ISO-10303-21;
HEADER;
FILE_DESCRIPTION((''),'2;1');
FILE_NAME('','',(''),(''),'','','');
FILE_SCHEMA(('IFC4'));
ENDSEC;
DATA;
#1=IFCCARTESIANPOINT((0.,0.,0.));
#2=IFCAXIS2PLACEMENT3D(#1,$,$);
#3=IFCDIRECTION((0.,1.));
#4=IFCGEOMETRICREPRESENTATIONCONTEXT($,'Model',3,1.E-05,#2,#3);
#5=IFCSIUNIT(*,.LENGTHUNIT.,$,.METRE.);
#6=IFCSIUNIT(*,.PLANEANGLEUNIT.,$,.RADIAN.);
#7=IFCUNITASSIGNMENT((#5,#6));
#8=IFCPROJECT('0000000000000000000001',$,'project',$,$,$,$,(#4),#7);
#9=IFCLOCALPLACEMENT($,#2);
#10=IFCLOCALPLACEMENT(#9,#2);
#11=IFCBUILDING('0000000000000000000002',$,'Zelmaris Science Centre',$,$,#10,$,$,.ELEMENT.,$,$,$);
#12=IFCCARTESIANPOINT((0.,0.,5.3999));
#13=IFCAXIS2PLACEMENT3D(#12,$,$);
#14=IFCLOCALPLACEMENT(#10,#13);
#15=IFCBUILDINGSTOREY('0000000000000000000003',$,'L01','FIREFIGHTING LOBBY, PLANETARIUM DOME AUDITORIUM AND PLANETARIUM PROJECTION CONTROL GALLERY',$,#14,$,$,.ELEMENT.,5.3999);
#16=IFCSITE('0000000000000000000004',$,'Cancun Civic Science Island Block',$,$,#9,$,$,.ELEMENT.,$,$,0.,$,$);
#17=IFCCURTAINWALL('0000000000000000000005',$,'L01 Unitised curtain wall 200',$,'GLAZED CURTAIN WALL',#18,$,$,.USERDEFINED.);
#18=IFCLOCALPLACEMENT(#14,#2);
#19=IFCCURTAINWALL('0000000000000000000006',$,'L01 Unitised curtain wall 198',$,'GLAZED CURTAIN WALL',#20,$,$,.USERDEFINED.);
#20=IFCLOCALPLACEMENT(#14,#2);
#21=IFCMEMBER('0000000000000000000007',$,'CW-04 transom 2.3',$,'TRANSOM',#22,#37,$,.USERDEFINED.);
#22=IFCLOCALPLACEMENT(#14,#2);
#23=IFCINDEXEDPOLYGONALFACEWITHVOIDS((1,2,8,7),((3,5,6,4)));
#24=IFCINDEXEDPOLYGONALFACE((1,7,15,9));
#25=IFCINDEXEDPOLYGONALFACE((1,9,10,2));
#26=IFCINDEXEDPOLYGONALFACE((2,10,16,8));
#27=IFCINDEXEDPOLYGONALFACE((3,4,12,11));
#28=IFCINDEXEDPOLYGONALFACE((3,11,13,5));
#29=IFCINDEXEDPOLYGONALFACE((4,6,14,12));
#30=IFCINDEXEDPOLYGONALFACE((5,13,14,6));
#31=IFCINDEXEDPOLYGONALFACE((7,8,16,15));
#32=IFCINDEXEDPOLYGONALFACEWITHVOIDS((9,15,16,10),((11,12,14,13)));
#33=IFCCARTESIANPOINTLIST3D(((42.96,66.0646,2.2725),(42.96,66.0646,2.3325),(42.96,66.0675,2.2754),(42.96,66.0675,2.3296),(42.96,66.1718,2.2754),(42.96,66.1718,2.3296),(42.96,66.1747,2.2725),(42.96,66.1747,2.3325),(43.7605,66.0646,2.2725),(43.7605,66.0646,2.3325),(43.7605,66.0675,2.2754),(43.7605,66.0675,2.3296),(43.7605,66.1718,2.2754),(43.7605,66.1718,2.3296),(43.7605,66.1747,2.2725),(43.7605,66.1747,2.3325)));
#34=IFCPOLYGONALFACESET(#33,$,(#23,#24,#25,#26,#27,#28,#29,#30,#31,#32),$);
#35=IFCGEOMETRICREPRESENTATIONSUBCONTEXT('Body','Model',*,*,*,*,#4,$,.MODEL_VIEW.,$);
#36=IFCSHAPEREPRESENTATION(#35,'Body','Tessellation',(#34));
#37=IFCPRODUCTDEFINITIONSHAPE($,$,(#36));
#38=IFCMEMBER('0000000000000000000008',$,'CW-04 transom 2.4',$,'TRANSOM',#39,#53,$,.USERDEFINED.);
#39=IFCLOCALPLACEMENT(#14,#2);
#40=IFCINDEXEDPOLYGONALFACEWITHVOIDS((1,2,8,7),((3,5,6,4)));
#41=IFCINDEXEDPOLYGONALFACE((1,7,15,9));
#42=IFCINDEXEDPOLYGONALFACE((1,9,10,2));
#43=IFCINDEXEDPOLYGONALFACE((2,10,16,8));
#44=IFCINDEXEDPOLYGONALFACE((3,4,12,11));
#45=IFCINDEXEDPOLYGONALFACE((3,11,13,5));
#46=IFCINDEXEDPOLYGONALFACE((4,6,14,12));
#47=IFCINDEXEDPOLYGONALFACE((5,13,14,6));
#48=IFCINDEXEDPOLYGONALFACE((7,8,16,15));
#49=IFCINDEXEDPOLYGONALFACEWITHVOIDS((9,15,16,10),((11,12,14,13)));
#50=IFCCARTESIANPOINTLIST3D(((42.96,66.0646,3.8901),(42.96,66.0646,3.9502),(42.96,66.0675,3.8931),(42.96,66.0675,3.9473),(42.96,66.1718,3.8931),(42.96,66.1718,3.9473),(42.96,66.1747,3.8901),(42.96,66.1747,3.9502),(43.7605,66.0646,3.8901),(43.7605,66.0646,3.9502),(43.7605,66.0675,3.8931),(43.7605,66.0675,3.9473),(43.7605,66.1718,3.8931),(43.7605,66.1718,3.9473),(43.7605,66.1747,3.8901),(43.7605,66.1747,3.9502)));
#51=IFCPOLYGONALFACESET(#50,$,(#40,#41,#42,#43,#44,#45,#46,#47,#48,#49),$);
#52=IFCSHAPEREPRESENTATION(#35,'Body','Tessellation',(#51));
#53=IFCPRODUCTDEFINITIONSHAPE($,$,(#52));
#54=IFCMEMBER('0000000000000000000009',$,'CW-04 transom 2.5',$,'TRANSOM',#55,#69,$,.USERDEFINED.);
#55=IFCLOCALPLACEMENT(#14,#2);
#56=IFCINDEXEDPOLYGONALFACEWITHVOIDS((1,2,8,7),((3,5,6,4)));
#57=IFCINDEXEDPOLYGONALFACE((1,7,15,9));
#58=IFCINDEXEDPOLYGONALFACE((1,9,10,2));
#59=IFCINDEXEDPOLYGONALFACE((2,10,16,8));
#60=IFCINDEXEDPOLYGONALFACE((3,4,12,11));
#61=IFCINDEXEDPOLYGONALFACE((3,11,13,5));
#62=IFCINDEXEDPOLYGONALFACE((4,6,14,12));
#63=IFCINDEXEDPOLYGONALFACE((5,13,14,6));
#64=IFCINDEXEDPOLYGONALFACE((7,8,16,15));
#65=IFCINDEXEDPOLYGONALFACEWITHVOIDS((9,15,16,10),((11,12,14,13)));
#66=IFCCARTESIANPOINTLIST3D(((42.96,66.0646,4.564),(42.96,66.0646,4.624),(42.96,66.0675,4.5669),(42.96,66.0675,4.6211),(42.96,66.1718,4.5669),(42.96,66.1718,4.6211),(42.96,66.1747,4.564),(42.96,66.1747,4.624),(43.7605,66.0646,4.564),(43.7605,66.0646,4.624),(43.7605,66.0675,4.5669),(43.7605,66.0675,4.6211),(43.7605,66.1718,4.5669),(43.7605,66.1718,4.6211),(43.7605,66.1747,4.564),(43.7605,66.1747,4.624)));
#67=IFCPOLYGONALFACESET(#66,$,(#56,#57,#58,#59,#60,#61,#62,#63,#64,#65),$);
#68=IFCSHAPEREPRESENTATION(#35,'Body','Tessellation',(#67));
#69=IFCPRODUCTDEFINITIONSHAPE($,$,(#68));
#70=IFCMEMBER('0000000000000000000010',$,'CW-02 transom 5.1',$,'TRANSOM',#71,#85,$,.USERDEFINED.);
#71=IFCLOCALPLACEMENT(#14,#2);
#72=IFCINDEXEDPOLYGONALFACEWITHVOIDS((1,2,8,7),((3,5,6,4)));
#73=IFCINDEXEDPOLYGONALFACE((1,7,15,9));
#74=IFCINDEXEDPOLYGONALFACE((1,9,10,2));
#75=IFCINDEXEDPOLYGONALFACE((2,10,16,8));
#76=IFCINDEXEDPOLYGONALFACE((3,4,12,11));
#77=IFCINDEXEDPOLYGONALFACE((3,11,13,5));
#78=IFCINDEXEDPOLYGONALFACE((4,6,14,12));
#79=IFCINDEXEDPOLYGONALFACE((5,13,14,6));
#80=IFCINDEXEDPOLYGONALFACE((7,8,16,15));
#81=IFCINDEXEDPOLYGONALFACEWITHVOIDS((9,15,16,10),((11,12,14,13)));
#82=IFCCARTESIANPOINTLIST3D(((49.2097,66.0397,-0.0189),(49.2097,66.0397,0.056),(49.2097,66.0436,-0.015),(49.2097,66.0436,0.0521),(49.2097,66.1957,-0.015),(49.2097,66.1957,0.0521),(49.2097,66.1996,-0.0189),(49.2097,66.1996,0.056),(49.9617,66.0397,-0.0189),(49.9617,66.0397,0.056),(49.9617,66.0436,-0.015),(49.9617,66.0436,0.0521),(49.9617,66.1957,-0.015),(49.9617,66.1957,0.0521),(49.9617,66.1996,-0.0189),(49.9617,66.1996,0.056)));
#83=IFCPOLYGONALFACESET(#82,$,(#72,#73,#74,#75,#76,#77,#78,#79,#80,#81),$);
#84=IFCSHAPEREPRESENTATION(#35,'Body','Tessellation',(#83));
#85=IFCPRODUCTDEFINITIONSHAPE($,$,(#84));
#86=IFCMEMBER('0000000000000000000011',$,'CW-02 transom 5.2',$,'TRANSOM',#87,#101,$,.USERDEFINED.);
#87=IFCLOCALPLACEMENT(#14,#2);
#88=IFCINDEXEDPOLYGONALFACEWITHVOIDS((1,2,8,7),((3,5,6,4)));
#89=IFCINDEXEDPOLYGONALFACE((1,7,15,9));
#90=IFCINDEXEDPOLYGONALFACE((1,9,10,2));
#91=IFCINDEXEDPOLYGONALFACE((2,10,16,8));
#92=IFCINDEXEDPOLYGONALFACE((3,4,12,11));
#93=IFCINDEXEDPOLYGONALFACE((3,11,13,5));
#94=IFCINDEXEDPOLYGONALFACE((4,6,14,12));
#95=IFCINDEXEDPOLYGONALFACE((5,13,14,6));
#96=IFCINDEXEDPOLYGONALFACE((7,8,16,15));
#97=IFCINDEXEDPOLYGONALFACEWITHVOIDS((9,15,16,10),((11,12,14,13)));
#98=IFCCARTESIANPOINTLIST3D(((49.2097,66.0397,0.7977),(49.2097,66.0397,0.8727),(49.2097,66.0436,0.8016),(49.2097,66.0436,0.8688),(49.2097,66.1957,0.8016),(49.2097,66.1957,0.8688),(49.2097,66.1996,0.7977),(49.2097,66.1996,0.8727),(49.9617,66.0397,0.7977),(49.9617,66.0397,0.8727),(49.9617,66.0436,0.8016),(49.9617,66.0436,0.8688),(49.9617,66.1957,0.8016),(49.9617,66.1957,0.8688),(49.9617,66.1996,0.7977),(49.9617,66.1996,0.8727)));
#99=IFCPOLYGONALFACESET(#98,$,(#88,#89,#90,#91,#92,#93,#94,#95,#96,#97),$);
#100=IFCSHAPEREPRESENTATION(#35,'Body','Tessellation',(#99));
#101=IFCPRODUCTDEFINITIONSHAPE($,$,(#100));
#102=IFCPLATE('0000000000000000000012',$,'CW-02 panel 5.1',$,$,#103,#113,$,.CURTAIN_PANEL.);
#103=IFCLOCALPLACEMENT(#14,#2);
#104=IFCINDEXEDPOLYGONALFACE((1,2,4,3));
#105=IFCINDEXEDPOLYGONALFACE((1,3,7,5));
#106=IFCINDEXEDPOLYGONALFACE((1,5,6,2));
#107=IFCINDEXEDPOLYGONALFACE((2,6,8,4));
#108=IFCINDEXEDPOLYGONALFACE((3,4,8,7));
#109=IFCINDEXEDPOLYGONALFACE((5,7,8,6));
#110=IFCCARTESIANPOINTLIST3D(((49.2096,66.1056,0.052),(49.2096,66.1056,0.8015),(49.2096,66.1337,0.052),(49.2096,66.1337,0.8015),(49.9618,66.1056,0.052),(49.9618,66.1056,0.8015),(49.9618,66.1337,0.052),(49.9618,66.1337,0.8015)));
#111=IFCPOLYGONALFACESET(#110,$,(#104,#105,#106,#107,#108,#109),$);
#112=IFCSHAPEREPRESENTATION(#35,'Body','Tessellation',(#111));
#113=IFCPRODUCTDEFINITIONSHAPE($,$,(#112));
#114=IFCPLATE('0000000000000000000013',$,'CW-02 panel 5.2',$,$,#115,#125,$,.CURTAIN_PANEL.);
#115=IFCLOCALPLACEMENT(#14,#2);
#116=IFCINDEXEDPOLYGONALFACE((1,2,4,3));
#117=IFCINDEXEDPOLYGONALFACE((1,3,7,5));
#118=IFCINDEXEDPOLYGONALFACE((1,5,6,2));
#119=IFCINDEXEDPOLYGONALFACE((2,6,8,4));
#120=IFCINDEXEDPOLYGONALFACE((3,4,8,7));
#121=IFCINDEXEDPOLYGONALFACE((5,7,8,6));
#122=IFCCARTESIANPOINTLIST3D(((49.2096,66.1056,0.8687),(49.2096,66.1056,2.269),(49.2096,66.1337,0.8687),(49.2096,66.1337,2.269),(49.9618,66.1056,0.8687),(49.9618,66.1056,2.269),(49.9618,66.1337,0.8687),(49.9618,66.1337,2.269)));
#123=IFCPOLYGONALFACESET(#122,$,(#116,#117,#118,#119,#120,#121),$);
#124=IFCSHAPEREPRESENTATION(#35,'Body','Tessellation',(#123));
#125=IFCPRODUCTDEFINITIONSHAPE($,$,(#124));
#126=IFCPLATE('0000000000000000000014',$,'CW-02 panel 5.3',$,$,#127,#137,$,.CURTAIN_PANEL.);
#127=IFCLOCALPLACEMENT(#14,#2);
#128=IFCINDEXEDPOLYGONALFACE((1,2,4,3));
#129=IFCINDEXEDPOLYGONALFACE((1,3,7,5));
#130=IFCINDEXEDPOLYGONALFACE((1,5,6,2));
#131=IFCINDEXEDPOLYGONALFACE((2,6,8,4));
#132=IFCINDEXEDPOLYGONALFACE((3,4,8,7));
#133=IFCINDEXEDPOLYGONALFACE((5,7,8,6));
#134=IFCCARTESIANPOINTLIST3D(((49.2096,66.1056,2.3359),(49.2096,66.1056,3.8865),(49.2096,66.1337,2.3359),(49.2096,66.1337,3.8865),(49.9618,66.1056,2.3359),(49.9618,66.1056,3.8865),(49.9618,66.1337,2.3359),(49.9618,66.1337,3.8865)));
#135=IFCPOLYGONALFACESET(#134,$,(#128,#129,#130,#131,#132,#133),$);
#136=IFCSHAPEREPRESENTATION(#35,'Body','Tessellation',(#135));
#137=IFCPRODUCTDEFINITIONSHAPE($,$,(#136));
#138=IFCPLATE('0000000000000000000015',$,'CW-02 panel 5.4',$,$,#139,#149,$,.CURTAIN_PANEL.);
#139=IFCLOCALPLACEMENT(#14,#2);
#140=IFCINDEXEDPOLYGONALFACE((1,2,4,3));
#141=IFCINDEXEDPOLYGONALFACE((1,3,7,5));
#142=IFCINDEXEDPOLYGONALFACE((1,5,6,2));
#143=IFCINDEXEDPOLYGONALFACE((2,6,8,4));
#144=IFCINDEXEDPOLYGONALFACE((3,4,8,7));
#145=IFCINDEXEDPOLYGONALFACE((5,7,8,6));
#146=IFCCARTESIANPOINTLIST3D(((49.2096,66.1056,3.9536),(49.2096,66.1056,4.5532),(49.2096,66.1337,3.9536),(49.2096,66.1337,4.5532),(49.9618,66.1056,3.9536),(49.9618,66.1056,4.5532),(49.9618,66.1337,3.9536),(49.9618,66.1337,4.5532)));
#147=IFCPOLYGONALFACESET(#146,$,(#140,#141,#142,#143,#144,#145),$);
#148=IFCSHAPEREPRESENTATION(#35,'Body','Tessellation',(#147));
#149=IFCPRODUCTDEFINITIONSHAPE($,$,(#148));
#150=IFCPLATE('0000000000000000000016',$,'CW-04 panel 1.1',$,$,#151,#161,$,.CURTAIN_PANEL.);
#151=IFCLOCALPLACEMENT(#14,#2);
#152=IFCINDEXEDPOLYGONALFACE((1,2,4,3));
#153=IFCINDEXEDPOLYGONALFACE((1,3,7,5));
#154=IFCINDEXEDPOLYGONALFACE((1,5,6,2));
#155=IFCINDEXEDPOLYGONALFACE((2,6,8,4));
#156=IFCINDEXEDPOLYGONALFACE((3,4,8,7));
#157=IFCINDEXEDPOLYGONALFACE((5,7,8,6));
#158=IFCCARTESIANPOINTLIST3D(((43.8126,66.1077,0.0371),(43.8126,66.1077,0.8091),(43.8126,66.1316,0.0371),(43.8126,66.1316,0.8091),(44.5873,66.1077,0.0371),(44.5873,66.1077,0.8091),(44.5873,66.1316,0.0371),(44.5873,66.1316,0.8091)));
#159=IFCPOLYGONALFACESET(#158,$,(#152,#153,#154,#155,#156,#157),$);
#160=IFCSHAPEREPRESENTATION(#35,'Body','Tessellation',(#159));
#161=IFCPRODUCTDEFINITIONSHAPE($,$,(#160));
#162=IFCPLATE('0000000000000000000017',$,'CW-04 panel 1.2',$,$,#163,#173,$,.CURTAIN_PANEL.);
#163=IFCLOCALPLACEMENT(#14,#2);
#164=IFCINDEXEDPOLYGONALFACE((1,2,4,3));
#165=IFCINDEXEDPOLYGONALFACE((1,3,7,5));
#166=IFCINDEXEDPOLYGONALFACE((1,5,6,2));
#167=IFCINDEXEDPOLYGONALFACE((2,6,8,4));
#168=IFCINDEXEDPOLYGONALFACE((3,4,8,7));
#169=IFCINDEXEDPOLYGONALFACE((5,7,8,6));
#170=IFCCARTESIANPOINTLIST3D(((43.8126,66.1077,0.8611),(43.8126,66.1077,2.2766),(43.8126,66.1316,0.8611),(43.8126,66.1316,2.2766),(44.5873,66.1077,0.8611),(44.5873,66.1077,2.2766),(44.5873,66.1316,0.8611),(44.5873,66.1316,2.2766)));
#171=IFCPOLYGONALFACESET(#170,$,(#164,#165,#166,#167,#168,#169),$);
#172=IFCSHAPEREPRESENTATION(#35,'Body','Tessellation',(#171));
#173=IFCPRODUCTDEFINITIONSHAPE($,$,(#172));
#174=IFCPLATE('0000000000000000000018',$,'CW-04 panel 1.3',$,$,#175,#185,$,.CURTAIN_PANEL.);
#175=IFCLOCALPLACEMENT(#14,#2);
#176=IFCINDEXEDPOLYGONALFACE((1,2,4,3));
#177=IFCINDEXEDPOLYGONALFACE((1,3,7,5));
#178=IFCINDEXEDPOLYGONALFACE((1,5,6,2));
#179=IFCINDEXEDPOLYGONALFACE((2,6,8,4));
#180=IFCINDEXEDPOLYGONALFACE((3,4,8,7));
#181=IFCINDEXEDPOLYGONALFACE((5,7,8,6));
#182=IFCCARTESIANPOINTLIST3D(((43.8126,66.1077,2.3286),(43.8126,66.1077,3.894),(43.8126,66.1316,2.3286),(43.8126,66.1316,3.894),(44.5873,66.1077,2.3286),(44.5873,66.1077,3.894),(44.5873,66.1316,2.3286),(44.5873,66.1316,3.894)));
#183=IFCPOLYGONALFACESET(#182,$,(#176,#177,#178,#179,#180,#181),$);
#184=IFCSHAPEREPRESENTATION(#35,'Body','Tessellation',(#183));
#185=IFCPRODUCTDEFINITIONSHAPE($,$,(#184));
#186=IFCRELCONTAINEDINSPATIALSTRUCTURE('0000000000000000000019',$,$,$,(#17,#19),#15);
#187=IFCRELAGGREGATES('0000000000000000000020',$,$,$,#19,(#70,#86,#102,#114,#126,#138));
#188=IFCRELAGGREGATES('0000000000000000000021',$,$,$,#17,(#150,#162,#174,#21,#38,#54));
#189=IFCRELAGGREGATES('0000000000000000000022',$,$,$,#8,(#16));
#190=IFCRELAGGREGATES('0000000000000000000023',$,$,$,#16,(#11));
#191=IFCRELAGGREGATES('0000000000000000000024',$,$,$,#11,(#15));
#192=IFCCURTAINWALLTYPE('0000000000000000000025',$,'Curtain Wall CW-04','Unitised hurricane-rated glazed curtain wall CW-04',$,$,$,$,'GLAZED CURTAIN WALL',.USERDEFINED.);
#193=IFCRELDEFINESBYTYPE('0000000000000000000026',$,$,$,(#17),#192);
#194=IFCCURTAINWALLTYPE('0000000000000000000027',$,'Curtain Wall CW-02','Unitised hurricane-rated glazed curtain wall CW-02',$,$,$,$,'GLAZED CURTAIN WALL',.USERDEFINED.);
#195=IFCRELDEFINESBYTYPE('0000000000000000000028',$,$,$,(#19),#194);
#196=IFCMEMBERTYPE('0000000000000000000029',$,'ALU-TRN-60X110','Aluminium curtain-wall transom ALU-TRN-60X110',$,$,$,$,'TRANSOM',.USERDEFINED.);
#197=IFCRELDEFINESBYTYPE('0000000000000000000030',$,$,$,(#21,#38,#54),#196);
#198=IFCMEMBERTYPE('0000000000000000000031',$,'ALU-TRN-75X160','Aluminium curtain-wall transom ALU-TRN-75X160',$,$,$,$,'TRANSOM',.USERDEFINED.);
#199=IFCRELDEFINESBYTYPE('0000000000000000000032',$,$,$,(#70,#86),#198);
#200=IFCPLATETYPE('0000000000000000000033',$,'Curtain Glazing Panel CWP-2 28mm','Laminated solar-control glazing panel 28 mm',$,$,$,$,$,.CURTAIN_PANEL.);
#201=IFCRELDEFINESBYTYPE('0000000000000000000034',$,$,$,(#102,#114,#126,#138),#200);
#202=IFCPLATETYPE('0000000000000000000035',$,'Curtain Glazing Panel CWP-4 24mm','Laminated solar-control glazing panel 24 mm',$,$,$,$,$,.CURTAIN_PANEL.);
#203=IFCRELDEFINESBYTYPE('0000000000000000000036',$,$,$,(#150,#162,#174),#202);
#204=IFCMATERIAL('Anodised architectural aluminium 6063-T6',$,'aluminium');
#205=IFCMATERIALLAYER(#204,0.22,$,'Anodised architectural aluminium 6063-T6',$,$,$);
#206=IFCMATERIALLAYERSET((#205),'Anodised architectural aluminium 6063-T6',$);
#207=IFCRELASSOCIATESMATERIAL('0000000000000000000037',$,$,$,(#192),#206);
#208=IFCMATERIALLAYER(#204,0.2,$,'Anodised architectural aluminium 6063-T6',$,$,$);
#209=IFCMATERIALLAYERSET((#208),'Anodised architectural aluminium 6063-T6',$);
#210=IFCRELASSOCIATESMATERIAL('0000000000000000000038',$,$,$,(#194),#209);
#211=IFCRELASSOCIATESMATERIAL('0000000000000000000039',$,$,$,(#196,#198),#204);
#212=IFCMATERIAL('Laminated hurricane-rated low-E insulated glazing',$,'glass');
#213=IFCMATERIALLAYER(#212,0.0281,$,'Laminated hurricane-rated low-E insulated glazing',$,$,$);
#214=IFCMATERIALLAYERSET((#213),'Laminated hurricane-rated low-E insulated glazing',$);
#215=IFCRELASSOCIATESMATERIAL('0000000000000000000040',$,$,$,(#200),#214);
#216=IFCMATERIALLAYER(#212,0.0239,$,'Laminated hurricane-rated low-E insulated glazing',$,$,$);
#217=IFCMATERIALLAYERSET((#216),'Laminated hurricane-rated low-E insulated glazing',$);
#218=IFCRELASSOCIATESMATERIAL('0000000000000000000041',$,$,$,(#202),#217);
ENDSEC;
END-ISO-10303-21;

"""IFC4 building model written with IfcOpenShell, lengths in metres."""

from ifc_helpers import new_model, si_unit, direction, frame, origin, origin_2d, place, context, subcontext, project, spatial, rectangle, hollow_rectangle, extrude, material, layer, layer_set, material_profile, profile_set, type_object, element, aggregate, save


model = new_model("IFC4")

# Units and contexts
model_context = context("Model", 3, precision=1e-05, world=origin(), true_north=direction((0.0, 1.0)))
body_context = subcontext(model_context, "Body", "Model", "MODEL_VIEW")
ifc_project = project(units=[si_unit("LENGTHUNIT", "METRE"), si_unit("PLANEANGLEUNIT", "RADIAN")], contexts=[model_context])

# Site, building, storey
site_placement = place(None, origin())
site = spatial("IfcSite", under=ifc_project, at=site_placement, Name="Cancun Civic Science Island Block", CompositionType="ELEMENT", RefElevation=0.0)
building_placement = place(site_placement, origin())
building = spatial("IfcBuilding", under=site, at=building_placement, Name="Zelmaris Science Centre", CompositionType="ELEMENT")
storey_placement = place(building_placement, frame((0.0, 0.0, 5.3999)))
storey = spatial("IfcBuildingStorey", under=building, at=storey_placement, Name="L01", Description="FIREFIGHTING LOBBY, PLANETARIUM DOME AUDITORIUM AND PLANETARIUM PROJECTION CONTROL GALLERY", CompositionType="ELEMENT", Elevation=5.3999)

# Curtain wall
ifc_material_1 = material(Name="Anodised architectural aluminium 6063-T6", Category="aluminium")
ifc_layer_1 = layer(ifc_material_1, 0.22, Name="Anodised architectural aluminium 6063-T6")
ifc_layer_set_1 = layer_set([ifc_layer_1], Name="Anodised architectural aluminium 6063-T6")
curtain_wall_type_1 = type_object("IfcCurtainWallType", Name="Curtain Wall CW-04", Description="Unitised hurricane-rated glazed curtain wall CW-04", ElementType="GLAZED CURTAIN WALL", PredefinedType="USERDEFINED", material=ifc_layer_set_1)
curtain_wall_1_placement = place(storey_placement, origin())
curtain_wall_1 = element("IfcCurtainWall", 1, at=curtain_wall_1_placement, inside=storey, type_object=curtain_wall_type_1, Name="L01 Unitised curtain wall 200", ObjectType="GLAZED CURTAIN WALL", PredefinedType="USERDEFINED")

# Curtain wall
ifc_layer_2 = layer(ifc_material_1, 0.2, Name="Anodised architectural aluminium 6063-T6")
ifc_layer_set_2 = layer_set([ifc_layer_2], Name="Anodised architectural aluminium 6063-T6")
curtain_wall_type_2 = type_object("IfcCurtainWallType", Name="Curtain Wall CW-02", Description="Unitised hurricane-rated glazed curtain wall CW-02", ElementType="GLAZED CURTAIN WALL", PredefinedType="USERDEFINED", material=ifc_layer_set_2)
curtain_wall_2_placement = place(storey_placement, origin())
curtain_wall_2 = element("IfcCurtainWall", 2, at=curtain_wall_2_placement, inside=storey, type_object=curtain_wall_type_2, Name="L01 Unitised curtain wall 198", ObjectType="GLAZED CURTAIN WALL", PredefinedType="USERDEFINED")

# Members
ifc_material_profile_1 = material_profile(ifc_material_1, hollow_rectangle(XDim=0.0601, YDim=0.1101, WallThickness=0.0029, at=origin_2d()), Name="ALU-TRN-60X110")
ifc_profile_set_1 = profile_set([ifc_material_profile_1], Name="Anodised architectural aluminium 6063-T6")
member_type_1 = type_object("IfcMemberType", Name="ALU-TRN-60X110", Description="Aluminium curtain-wall transom ALU-TRN-60X110", ElementType="TRANSOM", PredefinedType="USERDEFINED", material=ifc_profile_set_1)
member_1_placement = place(storey_placement, frame((43.7605, 66.1196, 2.3025), z_axis=(-1.0, 0.0, 0.0), x_axis=(0.0, 0.0, 1.0)))
member_1 = element("IfcMember", 3, at=member_1_placement, type_object=member_type_1, Name="CW-04 transom 2.3", ObjectType="TRANSOM", PredefinedType="USERDEFINED", context=body_context, shape_type="SweptSolid", body=[
    extrude(hollow_rectangle(XDim=0.0601, YDim=0.1101, WallThickness=0.0029, at=origin_2d()), origin(), (0.0, 0.0, 1.0), 0.8005),
])
member_2_placement = place(storey_placement, frame((43.7605, 66.1196, 3.9202), z_axis=(-1.0, 0.0, 0.0), x_axis=(0.0, 0.0, 1.0)))
member_2 = element("IfcMember", 4, at=member_2_placement, type_object=member_type_1, Name="CW-04 transom 2.4", ObjectType="TRANSOM", PredefinedType="USERDEFINED", context=body_context, shape_type="SweptSolid", body=[
    extrude(hollow_rectangle(XDim=0.0601, YDim=0.1101, WallThickness=0.0029, at=origin_2d()), origin(), (0.0, 0.0, 1.0), 0.8005),
])
member_3_placement = place(storey_placement, frame((43.7605, 66.1196, 4.594), z_axis=(-1.0, 0.0, 0.0), x_axis=(0.0, 0.0, 1.0)))
member_3 = element("IfcMember", 5, at=member_3_placement, type_object=member_type_1, Name="CW-04 transom 2.5", ObjectType="TRANSOM", PredefinedType="USERDEFINED", context=body_context, shape_type="SweptSolid", body=[
    extrude(hollow_rectangle(XDim=0.0601, YDim=0.1101, WallThickness=0.0029, at=origin_2d()), origin(), (0.0, 0.0, 1.0), 0.8005),
])
ifc_material_profile_2 = material_profile(ifc_material_1, hollow_rectangle(XDim=0.075, YDim=0.1599, WallThickness=0.0039, at=origin_2d()), Name="ALU-TRN-75X160")
ifc_profile_set_2 = profile_set([ifc_material_profile_2], Name="Anodised architectural aluminium 6063-T6")
member_type_2 = type_object("IfcMemberType", Name="ALU-TRN-75X160", Description="Aluminium curtain-wall transom ALU-TRN-75X160", ElementType="TRANSOM", PredefinedType="USERDEFINED", material=ifc_profile_set_2)
member_4_placement = place(storey_placement, frame((49.9617, 66.1196, 0.0186), z_axis=(-1.0, 0.0, 0.0), x_axis=(0.0, 0.0, 1.0)))
member_4 = element("IfcMember", 6, at=member_4_placement, type_object=member_type_2, Name="CW-02 transom 5.1", ObjectType="TRANSOM", PredefinedType="USERDEFINED", context=body_context, shape_type="SweptSolid", body=[
    extrude(hollow_rectangle(XDim=0.075, YDim=0.1599, WallThickness=0.0039, at=origin_2d()), origin(), (0.0, 0.0, 1.0), 0.752),
])
member_5_placement = place(storey_placement, frame((49.9617, 66.1196, 0.8352), z_axis=(-1.0, 0.0, 0.0), x_axis=(0.0, 0.0, 1.0)))
member_5 = element("IfcMember", 7, at=member_5_placement, type_object=member_type_2, Name="CW-02 transom 5.2", ObjectType="TRANSOM", PredefinedType="USERDEFINED", context=body_context, shape_type="SweptSolid", body=[
    extrude(hollow_rectangle(XDim=0.075, YDim=0.1599, WallThickness=0.0039, at=origin_2d()), origin(), (0.0, 0.0, 1.0), 0.752),
])

# Plates
ifc_material_2 = material(Name="Laminated hurricane-rated low-E insulated glazing", Category="glass")
ifc_layer_3 = layer(ifc_material_2, 0.0281, Name="Laminated hurricane-rated low-E insulated glazing")
ifc_layer_set_3 = layer_set([ifc_layer_3], Name="Laminated hurricane-rated low-E insulated glazing")
plate_type_1 = type_object("IfcPlateType", Name="Curtain Glazing Panel CWP-2 28mm", Description="Laminated solar-control glazing panel 28 mm", PredefinedType="CURTAIN_PANEL", material=ifc_layer_set_3)
plate_1_placement = place(storey_placement, frame((49.5857, 66.1196, 0.052), z_axis=(0.0, 0.0, 1.0), x_axis=(-1.0, 0.0, 0.0)))
plate_1 = element("IfcPlate", 8, at=plate_1_placement, type_object=plate_type_1, Name="CW-02 panel 5.1", PredefinedType="CURTAIN_PANEL", context=body_context, shape_type="SweptSolid", body=[
    extrude(rectangle(XDim=0.7522, YDim=0.0281, at=origin_2d()), origin(), (0.0, 0.0, 1.0), 0.7495),
])
plate_2_placement = place(storey_placement, frame((49.5857, 66.1196, 0.8687), z_axis=(0.0, 0.0, 1.0), x_axis=(-1.0, 0.0, 0.0)))
plate_2 = element("IfcPlate", 9, at=plate_2_placement, type_object=plate_type_1, Name="CW-02 panel 5.2", PredefinedType="CURTAIN_PANEL", context=body_context, shape_type="SweptSolid", body=[
    extrude(rectangle(XDim=0.7522, YDim=0.0281, at=origin_2d()), origin(), (0.0, 0.0, 1.0), 1.4004),
])
plate_3_placement = place(storey_placement, frame((49.5857, 66.1196, 2.3359), z_axis=(0.0, 0.0, 1.0), x_axis=(-1.0, 0.0, 0.0)))
plate_3 = element("IfcPlate", 10, at=plate_3_placement, type_object=plate_type_1, Name="CW-02 panel 5.3", PredefinedType="CURTAIN_PANEL", context=body_context, shape_type="SweptSolid", body=[
    extrude(rectangle(XDim=0.7522, YDim=0.0281, at=origin_2d()), origin(), (0.0, 0.0, 1.0), 1.5505),
])
plate_4_placement = place(storey_placement, frame((49.5857, 66.1196, 3.9536), z_axis=(0.0, 0.0, 1.0), x_axis=(-1.0, 0.0, 0.0)))
plate_4 = element("IfcPlate", 11, at=plate_4_placement, type_object=plate_type_1, Name="CW-02 panel 5.4", PredefinedType="CURTAIN_PANEL", context=body_context, shape_type="SweptSolid", body=[
    extrude(rectangle(XDim=0.7522, YDim=0.0281, at=origin_2d()), origin(), (0.0, 0.0, 1.0), 0.5996),
])
aggregate(curtain_wall_2, [member_4, member_5, plate_1, plate_2, plate_3, plate_4])
ifc_layer_4 = layer(ifc_material_2, 0.0239, Name="Laminated hurricane-rated low-E insulated glazing")
ifc_layer_set_4 = layer_set([ifc_layer_4], Name="Laminated hurricane-rated low-E insulated glazing")
plate_type_2 = type_object("IfcPlateType", Name="Curtain Glazing Panel CWP-4 24mm", Description="Laminated solar-control glazing panel 24 mm", PredefinedType="CURTAIN_PANEL", material=ifc_layer_set_4)
plate_5_placement = place(storey_placement, frame((44.2, 66.1196, 0.0371), z_axis=(0.0, 0.0, 1.0), x_axis=(-1.0, 0.0, 0.0)))
plate_5 = element("IfcPlate", 12, at=plate_5_placement, type_object=plate_type_2, Name="CW-04 panel 1.1", PredefinedType="CURTAIN_PANEL", context=body_context, shape_type="SweptSolid", body=[
    extrude(rectangle(XDim=0.7747, YDim=0.0239, at=origin_2d()), origin(), (0.0, 0.0, 1.0), 0.772),
])
plate_6_placement = place(storey_placement, frame((44.2, 66.1196, 0.8611), z_axis=(0.0, 0.0, 1.0), x_axis=(-1.0, 0.0, 0.0)))
plate_6 = element("IfcPlate", 13, at=plate_6_placement, type_object=plate_type_2, Name="CW-04 panel 1.2", PredefinedType="CURTAIN_PANEL", context=body_context, shape_type="SweptSolid", body=[
    extrude(rectangle(XDim=0.7747, YDim=0.0239, at=origin_2d()), origin(), (0.0, 0.0, 1.0), 1.4155),
])
plate_7_placement = place(storey_placement, frame((44.2, 66.1196, 2.3286), z_axis=(0.0, 0.0, 1.0), x_axis=(-1.0, 0.0, 0.0)))
plate_7 = element("IfcPlate", 14, at=plate_7_placement, type_object=plate_type_2, Name="CW-04 panel 1.3", PredefinedType="CURTAIN_PANEL", context=body_context, shape_type="SweptSolid", body=[
    extrude(rectangle(XDim=0.7747, YDim=0.0239, at=origin_2d()), origin(), (0.0, 0.0, 1.0), 1.5654),
])
aggregate(curtain_wall_1, [plate_5, plate_6, plate_7, member_1, member_2, member_3])

save(model, "model.ifc")
